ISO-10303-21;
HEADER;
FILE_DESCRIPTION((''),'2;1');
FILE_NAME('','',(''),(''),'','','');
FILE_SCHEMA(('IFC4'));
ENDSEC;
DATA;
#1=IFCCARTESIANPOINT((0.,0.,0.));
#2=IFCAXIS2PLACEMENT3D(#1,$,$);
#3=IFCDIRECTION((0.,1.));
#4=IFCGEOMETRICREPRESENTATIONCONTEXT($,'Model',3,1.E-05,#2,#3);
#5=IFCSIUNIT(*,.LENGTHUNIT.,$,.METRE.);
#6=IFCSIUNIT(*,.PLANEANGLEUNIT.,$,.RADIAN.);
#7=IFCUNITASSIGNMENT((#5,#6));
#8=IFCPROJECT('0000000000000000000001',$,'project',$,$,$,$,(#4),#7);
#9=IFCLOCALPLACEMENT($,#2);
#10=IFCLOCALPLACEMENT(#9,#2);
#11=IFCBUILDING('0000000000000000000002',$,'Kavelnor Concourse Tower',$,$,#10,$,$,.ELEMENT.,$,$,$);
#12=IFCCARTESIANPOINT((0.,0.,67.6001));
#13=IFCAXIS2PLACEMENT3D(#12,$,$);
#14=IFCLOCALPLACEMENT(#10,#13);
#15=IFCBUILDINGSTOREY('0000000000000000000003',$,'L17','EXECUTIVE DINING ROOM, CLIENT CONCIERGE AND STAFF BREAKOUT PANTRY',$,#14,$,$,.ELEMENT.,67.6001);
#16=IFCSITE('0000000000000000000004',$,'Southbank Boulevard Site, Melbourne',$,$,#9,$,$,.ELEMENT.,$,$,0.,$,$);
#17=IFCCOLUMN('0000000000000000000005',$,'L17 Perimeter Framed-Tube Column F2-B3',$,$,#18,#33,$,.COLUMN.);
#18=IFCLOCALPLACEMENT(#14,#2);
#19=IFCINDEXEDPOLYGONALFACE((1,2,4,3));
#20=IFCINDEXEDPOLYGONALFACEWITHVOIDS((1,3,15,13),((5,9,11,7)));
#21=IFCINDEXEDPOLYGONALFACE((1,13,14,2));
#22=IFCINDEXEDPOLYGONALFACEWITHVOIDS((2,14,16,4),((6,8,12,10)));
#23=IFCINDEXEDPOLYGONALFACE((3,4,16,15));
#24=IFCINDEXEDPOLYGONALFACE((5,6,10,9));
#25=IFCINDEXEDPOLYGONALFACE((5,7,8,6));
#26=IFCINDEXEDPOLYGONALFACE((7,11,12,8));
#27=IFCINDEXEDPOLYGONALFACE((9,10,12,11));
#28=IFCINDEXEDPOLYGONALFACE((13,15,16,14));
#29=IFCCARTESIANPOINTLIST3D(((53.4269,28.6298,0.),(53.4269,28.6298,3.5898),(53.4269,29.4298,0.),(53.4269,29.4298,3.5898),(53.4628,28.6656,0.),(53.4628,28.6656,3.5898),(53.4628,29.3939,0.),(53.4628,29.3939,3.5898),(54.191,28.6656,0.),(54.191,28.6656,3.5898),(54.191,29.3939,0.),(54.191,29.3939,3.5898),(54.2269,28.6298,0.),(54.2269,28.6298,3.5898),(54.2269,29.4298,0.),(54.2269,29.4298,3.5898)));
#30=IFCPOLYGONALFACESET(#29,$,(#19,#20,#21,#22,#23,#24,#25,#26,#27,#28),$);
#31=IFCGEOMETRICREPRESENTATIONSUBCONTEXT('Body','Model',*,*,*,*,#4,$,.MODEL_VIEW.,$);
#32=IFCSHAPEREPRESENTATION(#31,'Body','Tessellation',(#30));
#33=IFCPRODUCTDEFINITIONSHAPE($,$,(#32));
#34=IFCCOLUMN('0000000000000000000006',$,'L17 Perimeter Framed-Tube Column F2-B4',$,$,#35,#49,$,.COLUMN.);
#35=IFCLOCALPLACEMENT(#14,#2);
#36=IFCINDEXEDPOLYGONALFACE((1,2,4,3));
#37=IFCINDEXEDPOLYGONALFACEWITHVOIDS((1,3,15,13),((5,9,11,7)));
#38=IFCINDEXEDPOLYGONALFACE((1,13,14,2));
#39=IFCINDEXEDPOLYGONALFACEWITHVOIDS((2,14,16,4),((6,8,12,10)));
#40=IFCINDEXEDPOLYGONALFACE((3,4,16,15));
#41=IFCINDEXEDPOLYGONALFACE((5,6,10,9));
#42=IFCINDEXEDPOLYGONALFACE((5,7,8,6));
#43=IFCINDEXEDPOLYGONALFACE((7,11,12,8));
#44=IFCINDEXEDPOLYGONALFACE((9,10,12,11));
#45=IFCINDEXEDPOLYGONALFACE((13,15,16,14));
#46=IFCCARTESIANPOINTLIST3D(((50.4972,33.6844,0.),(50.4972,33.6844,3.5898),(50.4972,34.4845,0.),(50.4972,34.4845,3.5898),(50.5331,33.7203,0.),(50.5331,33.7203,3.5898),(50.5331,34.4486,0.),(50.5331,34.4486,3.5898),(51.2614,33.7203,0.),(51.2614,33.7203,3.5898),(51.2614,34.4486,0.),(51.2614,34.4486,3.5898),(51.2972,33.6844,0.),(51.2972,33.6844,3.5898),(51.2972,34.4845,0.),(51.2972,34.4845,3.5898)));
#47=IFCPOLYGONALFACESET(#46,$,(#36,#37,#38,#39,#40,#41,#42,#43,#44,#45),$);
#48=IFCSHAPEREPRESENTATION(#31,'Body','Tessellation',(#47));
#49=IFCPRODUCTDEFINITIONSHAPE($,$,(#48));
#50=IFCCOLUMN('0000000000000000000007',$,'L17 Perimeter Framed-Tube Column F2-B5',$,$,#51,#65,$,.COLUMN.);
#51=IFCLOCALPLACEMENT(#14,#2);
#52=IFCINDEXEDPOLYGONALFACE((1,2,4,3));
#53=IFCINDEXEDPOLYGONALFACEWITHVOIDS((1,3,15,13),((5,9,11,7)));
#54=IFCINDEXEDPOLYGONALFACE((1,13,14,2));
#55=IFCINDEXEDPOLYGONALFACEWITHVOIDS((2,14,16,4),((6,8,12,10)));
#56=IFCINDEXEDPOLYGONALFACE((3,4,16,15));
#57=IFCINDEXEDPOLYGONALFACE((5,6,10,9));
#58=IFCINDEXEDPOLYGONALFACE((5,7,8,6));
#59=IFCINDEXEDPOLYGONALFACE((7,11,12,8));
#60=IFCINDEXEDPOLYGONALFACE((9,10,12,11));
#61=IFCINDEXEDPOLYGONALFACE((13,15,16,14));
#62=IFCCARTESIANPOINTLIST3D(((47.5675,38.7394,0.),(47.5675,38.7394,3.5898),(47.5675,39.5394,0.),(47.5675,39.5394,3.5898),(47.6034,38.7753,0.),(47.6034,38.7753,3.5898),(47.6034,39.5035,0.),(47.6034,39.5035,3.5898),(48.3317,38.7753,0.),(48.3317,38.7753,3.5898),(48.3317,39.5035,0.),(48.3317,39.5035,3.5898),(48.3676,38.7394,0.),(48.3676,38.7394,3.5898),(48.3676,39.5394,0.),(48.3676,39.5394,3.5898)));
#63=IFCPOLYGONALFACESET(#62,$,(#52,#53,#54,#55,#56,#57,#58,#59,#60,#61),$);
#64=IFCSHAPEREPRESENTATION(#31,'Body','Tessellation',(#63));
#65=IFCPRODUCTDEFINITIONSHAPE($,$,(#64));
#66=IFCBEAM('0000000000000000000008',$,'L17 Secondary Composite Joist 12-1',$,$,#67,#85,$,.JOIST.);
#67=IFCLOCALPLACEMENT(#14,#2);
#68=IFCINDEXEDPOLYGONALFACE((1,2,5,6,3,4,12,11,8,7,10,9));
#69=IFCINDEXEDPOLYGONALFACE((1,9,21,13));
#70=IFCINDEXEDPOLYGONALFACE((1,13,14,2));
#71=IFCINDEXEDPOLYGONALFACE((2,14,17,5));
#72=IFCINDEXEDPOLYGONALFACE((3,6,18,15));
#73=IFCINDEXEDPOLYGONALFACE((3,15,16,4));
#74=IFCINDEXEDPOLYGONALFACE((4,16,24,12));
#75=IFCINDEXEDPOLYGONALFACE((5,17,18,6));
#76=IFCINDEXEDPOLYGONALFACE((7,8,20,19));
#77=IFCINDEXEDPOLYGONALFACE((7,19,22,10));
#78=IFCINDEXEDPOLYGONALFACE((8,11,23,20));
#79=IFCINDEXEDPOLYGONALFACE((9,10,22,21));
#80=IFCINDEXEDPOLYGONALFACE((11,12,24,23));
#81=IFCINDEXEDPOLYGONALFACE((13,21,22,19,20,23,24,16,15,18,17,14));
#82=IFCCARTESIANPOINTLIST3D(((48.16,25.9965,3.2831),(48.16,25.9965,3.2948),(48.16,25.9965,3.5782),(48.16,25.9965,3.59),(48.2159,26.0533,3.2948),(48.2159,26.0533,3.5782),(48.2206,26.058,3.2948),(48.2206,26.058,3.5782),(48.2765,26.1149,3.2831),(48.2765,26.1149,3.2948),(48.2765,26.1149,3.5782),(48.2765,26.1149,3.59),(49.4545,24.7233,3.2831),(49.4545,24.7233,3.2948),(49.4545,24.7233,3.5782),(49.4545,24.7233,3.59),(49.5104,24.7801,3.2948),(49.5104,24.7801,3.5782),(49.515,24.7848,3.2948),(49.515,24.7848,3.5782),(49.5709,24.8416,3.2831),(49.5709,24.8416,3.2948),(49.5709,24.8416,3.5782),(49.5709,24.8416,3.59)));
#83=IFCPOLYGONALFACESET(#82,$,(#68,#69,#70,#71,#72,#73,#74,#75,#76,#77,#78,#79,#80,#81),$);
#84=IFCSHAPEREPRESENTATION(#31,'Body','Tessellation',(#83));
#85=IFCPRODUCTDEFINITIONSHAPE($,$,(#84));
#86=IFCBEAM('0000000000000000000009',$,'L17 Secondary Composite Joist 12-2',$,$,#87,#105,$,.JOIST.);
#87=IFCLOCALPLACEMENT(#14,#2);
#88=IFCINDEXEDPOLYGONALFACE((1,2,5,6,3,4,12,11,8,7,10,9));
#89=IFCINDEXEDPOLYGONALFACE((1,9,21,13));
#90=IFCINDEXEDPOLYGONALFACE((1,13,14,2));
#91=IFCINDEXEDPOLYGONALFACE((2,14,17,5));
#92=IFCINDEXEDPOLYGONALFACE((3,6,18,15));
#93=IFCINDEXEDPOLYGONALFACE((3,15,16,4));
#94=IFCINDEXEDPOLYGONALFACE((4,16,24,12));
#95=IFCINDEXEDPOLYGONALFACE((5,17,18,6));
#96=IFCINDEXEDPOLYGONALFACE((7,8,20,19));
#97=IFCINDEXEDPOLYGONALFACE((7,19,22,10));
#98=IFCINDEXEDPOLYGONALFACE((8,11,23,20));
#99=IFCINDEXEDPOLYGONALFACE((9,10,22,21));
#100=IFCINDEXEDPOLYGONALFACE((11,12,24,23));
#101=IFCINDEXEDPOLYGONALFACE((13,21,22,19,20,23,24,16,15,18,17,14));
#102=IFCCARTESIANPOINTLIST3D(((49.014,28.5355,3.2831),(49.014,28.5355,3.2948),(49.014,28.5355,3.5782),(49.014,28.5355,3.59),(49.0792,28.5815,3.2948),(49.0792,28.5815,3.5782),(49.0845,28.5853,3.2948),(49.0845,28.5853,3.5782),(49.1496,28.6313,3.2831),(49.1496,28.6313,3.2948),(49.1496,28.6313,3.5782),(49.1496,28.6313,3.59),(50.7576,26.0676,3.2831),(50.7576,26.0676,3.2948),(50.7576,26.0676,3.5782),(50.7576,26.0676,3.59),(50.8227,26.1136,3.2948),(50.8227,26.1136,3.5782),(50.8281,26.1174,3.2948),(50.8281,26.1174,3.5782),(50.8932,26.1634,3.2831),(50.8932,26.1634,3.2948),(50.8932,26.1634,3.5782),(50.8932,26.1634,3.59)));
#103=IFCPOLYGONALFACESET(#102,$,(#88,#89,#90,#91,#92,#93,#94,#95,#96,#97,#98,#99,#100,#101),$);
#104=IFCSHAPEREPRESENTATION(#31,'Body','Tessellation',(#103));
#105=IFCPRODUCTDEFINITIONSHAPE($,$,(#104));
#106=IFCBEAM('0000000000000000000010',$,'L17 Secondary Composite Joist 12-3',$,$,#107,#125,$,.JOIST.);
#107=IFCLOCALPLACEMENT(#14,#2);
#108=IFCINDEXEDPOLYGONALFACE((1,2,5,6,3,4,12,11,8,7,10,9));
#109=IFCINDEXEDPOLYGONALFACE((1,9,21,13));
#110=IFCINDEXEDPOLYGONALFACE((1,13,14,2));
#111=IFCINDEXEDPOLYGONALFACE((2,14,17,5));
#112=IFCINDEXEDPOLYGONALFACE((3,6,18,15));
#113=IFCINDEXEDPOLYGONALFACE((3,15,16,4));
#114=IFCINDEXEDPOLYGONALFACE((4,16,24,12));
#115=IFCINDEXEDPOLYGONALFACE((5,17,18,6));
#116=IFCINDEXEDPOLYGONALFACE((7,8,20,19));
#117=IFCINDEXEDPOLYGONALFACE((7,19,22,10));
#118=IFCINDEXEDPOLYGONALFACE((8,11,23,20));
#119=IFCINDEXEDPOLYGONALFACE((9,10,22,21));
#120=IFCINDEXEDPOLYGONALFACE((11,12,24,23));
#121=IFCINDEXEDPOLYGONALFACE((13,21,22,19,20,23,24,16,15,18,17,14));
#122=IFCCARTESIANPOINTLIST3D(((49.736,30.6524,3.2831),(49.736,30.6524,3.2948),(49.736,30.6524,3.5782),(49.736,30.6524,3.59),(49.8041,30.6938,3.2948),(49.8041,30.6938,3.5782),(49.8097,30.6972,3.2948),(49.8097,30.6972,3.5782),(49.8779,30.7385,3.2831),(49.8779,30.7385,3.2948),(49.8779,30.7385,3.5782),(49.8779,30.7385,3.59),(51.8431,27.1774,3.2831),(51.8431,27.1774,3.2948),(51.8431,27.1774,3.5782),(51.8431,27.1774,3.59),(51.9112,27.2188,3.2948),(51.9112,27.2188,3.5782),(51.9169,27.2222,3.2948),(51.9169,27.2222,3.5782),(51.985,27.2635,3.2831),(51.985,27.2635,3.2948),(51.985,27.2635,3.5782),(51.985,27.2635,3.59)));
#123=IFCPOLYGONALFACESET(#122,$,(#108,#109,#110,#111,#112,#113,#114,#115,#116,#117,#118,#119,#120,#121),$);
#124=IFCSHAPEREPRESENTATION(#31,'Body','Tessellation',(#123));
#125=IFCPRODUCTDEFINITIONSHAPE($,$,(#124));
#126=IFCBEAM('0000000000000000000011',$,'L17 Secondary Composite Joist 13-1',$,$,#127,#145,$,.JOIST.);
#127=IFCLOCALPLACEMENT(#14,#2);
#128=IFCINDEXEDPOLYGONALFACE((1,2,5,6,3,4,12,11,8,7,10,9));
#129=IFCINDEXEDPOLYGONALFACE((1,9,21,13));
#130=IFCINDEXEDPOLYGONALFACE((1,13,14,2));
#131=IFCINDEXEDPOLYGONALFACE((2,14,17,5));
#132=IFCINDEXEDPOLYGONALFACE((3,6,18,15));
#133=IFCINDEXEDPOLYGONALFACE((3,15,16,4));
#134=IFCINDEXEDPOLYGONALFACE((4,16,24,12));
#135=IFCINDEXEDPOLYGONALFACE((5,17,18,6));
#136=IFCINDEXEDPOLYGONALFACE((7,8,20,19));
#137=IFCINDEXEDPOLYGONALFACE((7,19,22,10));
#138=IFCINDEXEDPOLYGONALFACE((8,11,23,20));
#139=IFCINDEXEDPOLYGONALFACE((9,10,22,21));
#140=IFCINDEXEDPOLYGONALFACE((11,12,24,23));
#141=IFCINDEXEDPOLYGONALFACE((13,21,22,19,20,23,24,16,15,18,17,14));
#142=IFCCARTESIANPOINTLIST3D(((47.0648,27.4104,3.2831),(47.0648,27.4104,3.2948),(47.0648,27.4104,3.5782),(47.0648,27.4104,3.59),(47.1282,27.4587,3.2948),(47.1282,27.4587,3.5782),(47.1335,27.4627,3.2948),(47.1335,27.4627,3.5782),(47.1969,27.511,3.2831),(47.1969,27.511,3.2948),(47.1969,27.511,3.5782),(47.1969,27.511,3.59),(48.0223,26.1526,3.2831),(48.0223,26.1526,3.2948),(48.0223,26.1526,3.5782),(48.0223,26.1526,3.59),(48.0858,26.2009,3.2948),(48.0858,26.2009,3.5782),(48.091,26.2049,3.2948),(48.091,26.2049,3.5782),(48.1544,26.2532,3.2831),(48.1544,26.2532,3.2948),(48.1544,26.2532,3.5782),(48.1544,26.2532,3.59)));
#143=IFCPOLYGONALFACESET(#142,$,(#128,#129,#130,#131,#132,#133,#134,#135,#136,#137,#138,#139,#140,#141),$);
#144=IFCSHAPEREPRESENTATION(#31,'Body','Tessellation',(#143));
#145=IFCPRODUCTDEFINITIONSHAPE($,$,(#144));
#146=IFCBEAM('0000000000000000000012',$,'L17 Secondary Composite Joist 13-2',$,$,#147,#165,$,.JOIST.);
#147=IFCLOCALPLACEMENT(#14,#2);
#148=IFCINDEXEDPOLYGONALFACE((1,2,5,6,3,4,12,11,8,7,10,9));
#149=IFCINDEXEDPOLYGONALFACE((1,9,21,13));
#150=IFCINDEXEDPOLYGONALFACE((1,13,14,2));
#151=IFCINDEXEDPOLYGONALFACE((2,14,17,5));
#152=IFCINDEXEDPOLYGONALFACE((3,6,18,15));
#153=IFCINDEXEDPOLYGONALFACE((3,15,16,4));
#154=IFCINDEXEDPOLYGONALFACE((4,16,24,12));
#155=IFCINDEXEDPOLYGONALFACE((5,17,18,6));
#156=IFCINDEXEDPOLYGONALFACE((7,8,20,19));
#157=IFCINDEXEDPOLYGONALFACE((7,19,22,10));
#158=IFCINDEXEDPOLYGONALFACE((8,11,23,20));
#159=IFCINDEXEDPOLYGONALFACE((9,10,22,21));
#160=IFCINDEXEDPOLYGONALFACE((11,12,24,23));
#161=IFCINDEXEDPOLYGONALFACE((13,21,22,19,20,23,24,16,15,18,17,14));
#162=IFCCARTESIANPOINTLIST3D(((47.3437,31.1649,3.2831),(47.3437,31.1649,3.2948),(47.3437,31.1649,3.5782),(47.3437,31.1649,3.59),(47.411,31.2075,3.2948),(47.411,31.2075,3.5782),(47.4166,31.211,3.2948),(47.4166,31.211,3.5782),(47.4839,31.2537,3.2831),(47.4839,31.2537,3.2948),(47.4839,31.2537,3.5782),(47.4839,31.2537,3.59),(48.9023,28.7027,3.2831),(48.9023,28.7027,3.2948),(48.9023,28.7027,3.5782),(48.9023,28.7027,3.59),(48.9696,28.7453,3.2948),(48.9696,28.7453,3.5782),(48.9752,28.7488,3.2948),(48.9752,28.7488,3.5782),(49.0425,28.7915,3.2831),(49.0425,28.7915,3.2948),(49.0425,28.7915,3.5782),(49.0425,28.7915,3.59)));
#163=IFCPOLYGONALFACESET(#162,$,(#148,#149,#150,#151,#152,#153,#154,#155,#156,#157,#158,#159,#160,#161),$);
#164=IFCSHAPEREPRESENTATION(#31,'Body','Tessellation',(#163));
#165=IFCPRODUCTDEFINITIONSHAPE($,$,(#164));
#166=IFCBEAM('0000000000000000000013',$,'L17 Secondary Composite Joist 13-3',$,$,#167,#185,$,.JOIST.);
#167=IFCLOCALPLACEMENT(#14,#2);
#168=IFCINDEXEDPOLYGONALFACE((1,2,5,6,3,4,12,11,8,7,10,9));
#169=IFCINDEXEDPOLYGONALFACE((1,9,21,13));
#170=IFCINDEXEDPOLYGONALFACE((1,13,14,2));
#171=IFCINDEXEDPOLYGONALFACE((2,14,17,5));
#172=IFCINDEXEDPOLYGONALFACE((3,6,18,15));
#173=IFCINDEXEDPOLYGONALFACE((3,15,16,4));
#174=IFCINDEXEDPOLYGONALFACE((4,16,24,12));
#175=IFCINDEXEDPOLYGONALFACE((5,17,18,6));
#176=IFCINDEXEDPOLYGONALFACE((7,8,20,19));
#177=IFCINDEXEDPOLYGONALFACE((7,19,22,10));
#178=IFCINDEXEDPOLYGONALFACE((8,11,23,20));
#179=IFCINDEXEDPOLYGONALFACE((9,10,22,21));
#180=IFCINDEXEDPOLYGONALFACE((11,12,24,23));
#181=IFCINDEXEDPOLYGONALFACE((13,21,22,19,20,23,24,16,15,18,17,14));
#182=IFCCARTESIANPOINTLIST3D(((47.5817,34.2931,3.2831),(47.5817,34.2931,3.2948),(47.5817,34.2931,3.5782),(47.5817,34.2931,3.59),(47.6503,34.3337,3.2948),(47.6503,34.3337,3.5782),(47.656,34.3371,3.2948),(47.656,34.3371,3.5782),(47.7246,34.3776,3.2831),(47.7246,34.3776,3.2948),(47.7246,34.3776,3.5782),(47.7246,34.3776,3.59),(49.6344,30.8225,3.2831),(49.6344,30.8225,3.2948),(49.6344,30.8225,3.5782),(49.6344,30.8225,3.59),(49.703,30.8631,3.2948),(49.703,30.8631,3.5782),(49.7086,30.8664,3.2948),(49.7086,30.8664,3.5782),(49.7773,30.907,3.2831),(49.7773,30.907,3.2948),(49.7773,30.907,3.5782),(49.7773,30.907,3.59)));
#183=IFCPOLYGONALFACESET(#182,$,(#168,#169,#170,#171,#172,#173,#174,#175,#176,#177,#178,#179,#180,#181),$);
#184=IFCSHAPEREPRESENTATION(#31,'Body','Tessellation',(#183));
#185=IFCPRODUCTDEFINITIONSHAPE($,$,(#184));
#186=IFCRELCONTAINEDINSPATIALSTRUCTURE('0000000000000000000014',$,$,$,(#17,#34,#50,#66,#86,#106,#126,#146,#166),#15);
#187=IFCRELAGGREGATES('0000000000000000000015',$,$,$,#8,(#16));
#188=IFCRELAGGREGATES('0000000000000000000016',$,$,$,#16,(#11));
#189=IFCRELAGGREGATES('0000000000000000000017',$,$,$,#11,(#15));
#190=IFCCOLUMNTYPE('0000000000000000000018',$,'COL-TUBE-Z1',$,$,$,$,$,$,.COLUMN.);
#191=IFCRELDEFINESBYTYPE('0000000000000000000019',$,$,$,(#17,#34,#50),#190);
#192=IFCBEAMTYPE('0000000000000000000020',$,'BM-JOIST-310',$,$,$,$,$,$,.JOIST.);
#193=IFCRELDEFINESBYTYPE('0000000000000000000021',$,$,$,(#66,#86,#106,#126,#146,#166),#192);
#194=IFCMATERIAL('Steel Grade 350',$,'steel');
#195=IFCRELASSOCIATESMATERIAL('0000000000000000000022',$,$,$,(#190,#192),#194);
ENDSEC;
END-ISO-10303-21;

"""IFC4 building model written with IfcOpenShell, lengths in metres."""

from ifc_helpers import new_model, si_unit, direction, frame, origin, origin_2d, place, context, subcontext, project, spatial, hollow_rectangle, i_section, extrude, material, material_profile, profile_set, type_object, element, save


model = new_model("IFC4")

# Units and contexts
model_context = context("Model", 3, precision=1e-05, world=origin(), true_north=direction((0.0, 1.0)))
body_context = subcontext(model_context, "Body", "Model", "MODEL_VIEW")
ifc_project = project(units=[si_unit("LENGTHUNIT", "METRE"), si_unit("PLANEANGLEUNIT", "RADIAN")], contexts=[model_context])

# Site, building, storey
site_placement = place(None, origin())
site = spatial("IfcSite", under=ifc_project, at=site_placement, Name="Southbank Boulevard Site, Melbourne", CompositionType="ELEMENT", RefElevation=0.0)
building_placement = place(site_placement, origin())
building = spatial("IfcBuilding", under=site, at=building_placement, Name="Kavelnor Concourse Tower", CompositionType="ELEMENT")
storey_placement = place(building_placement, frame((0.0, 0.0, 67.6001)))
storey = spatial("IfcBuildingStorey", under=building, at=storey_placement, Name="L17", Description="EXECUTIVE DINING ROOM, CLIENT CONCIERGE AND STAFF BREAKOUT PANTRY", CompositionType="ELEMENT", Elevation=67.6001)

# Columns
ifc_material_1 = material(Name="Steel Grade 350", Category="steel")
ifc_material_profile_1 = material_profile(ifc_material_1, hollow_rectangle(XDim=0.8, YDim=0.8, WallThickness=0.0359, at=origin_2d()), Name="SHS 800x800x36")
ifc_profile_set_1 = profile_set([ifc_material_profile_1], Name="Steel Grade 350")
column_type = type_object("IfcColumnType", Name="COL-TUBE-Z1", PredefinedType="COLUMN", material=ifc_profile_set_1)
for number, where, z_axis, x_axis, name in (
    (1, (53.8269, 29.0298, 0.0), (0.0, 0.0, 1.0), (1.0, 0.0, 0.0), "L17 Perimeter Framed-Tube Column F2-B3"),
    (2, (50.8972, 34.0845, 0.0), (0.0, 0.0, 1.0), (1.0, 0.0, 0.0), "L17 Perimeter Framed-Tube Column F2-B4"),
    (3, (47.9675, 39.1394, 0.0), (0.0, 0.0, 1.0), (1.0, 0.0, 0.0), "L17 Perimeter Framed-Tube Column F2-B5"),
):
    element("IfcColumn", number, at=place(storey_placement, frame(where, z_axis=z_axis, x_axis=x_axis)), inside=storey, type_object=column_type, Name=name, PredefinedType="COLUMN", context=body_context, shape_type="SweptSolid", body=[
        extrude(hollow_rectangle(XDim=0.8, YDim=0.8, WallThickness=0.0359, at=origin_2d()), origin(), (0.0, 0.0, 1.0), 3.5898),
    ])

# Beams
ifc_material_profile_2 = material_profile(ifc_material_1, i_section(OverallWidth=0.166, OverallDepth=0.3069, WebThickness=0.0066, FlangeThickness=0.0117, at=origin_2d()), Name="310UB46")
ifc_profile_set_2 = profile_set([ifc_material_profile_2], Name="Steel Grade 350")
beam_type_1 = type_object("IfcBeamType", Name="BM-JOIST-310", PredefinedType="JOIST", material=ifc_profile_set_2)
beam_1_placement = place(storey_placement, frame((49.5127, 24.7825, 3.4365), z_axis=(-0.712932, 0.701233, 0.0), x_axis=(-0.701233, -0.712932, 0.0)))
element("IfcBeam", 4, at=beam_1_placement, inside=storey, type_object=beam_type_1, Name="L17 Secondary Composite Joist 12-1", PredefinedType="JOIST", context=body_context, shape_type="SweptSolid", body=[
    extrude(i_section(OverallWidth=0.166, OverallDepth=0.3069, WebThickness=0.0066, FlangeThickness=0.0117, at=origin_2d()), origin(), (0.0, 0.0, 1.0), 1.8157),
])
beam_2_placement = place(storey_placement, frame((50.8254, 26.1155, 3.4365), z_axis=(-0.577019, 0.81673, 0.0), x_axis=(-0.81673, -0.577019, 0.0)))
element("IfcBeam", 5, at=beam_2_placement, inside=storey, type_object=beam_type_1, Name="L17 Secondary Composite Joist 12-2", PredefinedType="JOIST", context=body_context, shape_type="SweptSolid", body=[
    extrude(i_section(OverallWidth=0.166, OverallDepth=0.3069, WebThickness=0.0066, FlangeThickness=0.0117, at=origin_2d()), origin(), (0.0, 0.0, 1.0), 3.0217),
])
beam_3_placement = place(storey_placement, frame((51.9141, 27.2205, 3.4365), z_axis=(-0.518492, 0.855082, 0.0), x_axis=(-0.855082, -0.518492, 0.0)))
element("IfcBeam", 6, at=beam_3_placement, inside=storey, type_object=beam_type_1, Name="L17 Secondary Composite Joist 12-3", PredefinedType="JOIST", context=body_context, shape_type="SweptSolid", body=[
    extrude(i_section(OverallWidth=0.166, OverallDepth=0.3069, WebThickness=0.0066, FlangeThickness=0.0117, at=origin_2d()), origin(), (0.0, 0.0, 1.0), 4.064),
])
beam_4_placement = place(storey_placement, frame((48.0884, 26.2029, 3.4365), z_axis=(-0.605717, 0.79568, 0.0), x_axis=(-0.79568, -0.605717, 0.0)))
element("IfcBeam", 7, at=beam_4_placement, inside=storey, type_object=beam_type_1, Name="L17 Secondary Composite Joist 13-1", PredefinedType="JOIST", context=body_context, shape_type="SweptSolid", body=[
    extrude(i_section(OverallWidth=0.166, OverallDepth=0.3069, WebThickness=0.0066, FlangeThickness=0.0117, at=origin_2d()), origin(), (0.0, 0.0, 1.0), 1.5808),
])
beam_5_placement = place(storey_placement, frame((48.9724, 28.7471, 3.4365), z_axis=(-0.534863, 0.844939, 0.0), x_axis=(-0.844939, -0.534863, 0.0)))
element("IfcBeam", 8, at=beam_5_placement, inside=storey, type_object=beam_type_1, Name="L17 Secondary Composite Joist 13-2", PredefinedType="JOIST", context=body_context, shape_type="SweptSolid", body=[
    extrude(i_section(OverallWidth=0.166, OverallDepth=0.3069, WebThickness=0.0066, FlangeThickness=0.0117, at=origin_2d()), origin(), (0.0, 0.0, 1.0), 2.9141),
])
beam_6_placement = place(storey_placement, frame((49.7058, 30.8647, 3.4365), z_axis=(-0.509072, 0.860724, 0.0), x_axis=(-0.860724, -0.509072, 0.0)))
element("IfcBeam", 9, at=beam_6_placement, inside=storey, type_object=beam_type_1, Name="L17 Secondary Composite Joist 13-3", PredefinedType="JOIST", context=body_context, shape_type="SweptSolid", body=[
    extrude(i_section(OverallWidth=0.166, OverallDepth=0.3069, WebThickness=0.0066, FlangeThickness=0.0117, at=origin_2d()), origin(), (0.0, 0.0, 1.0), 4.0322),
])

save(model, "model.ifc")
